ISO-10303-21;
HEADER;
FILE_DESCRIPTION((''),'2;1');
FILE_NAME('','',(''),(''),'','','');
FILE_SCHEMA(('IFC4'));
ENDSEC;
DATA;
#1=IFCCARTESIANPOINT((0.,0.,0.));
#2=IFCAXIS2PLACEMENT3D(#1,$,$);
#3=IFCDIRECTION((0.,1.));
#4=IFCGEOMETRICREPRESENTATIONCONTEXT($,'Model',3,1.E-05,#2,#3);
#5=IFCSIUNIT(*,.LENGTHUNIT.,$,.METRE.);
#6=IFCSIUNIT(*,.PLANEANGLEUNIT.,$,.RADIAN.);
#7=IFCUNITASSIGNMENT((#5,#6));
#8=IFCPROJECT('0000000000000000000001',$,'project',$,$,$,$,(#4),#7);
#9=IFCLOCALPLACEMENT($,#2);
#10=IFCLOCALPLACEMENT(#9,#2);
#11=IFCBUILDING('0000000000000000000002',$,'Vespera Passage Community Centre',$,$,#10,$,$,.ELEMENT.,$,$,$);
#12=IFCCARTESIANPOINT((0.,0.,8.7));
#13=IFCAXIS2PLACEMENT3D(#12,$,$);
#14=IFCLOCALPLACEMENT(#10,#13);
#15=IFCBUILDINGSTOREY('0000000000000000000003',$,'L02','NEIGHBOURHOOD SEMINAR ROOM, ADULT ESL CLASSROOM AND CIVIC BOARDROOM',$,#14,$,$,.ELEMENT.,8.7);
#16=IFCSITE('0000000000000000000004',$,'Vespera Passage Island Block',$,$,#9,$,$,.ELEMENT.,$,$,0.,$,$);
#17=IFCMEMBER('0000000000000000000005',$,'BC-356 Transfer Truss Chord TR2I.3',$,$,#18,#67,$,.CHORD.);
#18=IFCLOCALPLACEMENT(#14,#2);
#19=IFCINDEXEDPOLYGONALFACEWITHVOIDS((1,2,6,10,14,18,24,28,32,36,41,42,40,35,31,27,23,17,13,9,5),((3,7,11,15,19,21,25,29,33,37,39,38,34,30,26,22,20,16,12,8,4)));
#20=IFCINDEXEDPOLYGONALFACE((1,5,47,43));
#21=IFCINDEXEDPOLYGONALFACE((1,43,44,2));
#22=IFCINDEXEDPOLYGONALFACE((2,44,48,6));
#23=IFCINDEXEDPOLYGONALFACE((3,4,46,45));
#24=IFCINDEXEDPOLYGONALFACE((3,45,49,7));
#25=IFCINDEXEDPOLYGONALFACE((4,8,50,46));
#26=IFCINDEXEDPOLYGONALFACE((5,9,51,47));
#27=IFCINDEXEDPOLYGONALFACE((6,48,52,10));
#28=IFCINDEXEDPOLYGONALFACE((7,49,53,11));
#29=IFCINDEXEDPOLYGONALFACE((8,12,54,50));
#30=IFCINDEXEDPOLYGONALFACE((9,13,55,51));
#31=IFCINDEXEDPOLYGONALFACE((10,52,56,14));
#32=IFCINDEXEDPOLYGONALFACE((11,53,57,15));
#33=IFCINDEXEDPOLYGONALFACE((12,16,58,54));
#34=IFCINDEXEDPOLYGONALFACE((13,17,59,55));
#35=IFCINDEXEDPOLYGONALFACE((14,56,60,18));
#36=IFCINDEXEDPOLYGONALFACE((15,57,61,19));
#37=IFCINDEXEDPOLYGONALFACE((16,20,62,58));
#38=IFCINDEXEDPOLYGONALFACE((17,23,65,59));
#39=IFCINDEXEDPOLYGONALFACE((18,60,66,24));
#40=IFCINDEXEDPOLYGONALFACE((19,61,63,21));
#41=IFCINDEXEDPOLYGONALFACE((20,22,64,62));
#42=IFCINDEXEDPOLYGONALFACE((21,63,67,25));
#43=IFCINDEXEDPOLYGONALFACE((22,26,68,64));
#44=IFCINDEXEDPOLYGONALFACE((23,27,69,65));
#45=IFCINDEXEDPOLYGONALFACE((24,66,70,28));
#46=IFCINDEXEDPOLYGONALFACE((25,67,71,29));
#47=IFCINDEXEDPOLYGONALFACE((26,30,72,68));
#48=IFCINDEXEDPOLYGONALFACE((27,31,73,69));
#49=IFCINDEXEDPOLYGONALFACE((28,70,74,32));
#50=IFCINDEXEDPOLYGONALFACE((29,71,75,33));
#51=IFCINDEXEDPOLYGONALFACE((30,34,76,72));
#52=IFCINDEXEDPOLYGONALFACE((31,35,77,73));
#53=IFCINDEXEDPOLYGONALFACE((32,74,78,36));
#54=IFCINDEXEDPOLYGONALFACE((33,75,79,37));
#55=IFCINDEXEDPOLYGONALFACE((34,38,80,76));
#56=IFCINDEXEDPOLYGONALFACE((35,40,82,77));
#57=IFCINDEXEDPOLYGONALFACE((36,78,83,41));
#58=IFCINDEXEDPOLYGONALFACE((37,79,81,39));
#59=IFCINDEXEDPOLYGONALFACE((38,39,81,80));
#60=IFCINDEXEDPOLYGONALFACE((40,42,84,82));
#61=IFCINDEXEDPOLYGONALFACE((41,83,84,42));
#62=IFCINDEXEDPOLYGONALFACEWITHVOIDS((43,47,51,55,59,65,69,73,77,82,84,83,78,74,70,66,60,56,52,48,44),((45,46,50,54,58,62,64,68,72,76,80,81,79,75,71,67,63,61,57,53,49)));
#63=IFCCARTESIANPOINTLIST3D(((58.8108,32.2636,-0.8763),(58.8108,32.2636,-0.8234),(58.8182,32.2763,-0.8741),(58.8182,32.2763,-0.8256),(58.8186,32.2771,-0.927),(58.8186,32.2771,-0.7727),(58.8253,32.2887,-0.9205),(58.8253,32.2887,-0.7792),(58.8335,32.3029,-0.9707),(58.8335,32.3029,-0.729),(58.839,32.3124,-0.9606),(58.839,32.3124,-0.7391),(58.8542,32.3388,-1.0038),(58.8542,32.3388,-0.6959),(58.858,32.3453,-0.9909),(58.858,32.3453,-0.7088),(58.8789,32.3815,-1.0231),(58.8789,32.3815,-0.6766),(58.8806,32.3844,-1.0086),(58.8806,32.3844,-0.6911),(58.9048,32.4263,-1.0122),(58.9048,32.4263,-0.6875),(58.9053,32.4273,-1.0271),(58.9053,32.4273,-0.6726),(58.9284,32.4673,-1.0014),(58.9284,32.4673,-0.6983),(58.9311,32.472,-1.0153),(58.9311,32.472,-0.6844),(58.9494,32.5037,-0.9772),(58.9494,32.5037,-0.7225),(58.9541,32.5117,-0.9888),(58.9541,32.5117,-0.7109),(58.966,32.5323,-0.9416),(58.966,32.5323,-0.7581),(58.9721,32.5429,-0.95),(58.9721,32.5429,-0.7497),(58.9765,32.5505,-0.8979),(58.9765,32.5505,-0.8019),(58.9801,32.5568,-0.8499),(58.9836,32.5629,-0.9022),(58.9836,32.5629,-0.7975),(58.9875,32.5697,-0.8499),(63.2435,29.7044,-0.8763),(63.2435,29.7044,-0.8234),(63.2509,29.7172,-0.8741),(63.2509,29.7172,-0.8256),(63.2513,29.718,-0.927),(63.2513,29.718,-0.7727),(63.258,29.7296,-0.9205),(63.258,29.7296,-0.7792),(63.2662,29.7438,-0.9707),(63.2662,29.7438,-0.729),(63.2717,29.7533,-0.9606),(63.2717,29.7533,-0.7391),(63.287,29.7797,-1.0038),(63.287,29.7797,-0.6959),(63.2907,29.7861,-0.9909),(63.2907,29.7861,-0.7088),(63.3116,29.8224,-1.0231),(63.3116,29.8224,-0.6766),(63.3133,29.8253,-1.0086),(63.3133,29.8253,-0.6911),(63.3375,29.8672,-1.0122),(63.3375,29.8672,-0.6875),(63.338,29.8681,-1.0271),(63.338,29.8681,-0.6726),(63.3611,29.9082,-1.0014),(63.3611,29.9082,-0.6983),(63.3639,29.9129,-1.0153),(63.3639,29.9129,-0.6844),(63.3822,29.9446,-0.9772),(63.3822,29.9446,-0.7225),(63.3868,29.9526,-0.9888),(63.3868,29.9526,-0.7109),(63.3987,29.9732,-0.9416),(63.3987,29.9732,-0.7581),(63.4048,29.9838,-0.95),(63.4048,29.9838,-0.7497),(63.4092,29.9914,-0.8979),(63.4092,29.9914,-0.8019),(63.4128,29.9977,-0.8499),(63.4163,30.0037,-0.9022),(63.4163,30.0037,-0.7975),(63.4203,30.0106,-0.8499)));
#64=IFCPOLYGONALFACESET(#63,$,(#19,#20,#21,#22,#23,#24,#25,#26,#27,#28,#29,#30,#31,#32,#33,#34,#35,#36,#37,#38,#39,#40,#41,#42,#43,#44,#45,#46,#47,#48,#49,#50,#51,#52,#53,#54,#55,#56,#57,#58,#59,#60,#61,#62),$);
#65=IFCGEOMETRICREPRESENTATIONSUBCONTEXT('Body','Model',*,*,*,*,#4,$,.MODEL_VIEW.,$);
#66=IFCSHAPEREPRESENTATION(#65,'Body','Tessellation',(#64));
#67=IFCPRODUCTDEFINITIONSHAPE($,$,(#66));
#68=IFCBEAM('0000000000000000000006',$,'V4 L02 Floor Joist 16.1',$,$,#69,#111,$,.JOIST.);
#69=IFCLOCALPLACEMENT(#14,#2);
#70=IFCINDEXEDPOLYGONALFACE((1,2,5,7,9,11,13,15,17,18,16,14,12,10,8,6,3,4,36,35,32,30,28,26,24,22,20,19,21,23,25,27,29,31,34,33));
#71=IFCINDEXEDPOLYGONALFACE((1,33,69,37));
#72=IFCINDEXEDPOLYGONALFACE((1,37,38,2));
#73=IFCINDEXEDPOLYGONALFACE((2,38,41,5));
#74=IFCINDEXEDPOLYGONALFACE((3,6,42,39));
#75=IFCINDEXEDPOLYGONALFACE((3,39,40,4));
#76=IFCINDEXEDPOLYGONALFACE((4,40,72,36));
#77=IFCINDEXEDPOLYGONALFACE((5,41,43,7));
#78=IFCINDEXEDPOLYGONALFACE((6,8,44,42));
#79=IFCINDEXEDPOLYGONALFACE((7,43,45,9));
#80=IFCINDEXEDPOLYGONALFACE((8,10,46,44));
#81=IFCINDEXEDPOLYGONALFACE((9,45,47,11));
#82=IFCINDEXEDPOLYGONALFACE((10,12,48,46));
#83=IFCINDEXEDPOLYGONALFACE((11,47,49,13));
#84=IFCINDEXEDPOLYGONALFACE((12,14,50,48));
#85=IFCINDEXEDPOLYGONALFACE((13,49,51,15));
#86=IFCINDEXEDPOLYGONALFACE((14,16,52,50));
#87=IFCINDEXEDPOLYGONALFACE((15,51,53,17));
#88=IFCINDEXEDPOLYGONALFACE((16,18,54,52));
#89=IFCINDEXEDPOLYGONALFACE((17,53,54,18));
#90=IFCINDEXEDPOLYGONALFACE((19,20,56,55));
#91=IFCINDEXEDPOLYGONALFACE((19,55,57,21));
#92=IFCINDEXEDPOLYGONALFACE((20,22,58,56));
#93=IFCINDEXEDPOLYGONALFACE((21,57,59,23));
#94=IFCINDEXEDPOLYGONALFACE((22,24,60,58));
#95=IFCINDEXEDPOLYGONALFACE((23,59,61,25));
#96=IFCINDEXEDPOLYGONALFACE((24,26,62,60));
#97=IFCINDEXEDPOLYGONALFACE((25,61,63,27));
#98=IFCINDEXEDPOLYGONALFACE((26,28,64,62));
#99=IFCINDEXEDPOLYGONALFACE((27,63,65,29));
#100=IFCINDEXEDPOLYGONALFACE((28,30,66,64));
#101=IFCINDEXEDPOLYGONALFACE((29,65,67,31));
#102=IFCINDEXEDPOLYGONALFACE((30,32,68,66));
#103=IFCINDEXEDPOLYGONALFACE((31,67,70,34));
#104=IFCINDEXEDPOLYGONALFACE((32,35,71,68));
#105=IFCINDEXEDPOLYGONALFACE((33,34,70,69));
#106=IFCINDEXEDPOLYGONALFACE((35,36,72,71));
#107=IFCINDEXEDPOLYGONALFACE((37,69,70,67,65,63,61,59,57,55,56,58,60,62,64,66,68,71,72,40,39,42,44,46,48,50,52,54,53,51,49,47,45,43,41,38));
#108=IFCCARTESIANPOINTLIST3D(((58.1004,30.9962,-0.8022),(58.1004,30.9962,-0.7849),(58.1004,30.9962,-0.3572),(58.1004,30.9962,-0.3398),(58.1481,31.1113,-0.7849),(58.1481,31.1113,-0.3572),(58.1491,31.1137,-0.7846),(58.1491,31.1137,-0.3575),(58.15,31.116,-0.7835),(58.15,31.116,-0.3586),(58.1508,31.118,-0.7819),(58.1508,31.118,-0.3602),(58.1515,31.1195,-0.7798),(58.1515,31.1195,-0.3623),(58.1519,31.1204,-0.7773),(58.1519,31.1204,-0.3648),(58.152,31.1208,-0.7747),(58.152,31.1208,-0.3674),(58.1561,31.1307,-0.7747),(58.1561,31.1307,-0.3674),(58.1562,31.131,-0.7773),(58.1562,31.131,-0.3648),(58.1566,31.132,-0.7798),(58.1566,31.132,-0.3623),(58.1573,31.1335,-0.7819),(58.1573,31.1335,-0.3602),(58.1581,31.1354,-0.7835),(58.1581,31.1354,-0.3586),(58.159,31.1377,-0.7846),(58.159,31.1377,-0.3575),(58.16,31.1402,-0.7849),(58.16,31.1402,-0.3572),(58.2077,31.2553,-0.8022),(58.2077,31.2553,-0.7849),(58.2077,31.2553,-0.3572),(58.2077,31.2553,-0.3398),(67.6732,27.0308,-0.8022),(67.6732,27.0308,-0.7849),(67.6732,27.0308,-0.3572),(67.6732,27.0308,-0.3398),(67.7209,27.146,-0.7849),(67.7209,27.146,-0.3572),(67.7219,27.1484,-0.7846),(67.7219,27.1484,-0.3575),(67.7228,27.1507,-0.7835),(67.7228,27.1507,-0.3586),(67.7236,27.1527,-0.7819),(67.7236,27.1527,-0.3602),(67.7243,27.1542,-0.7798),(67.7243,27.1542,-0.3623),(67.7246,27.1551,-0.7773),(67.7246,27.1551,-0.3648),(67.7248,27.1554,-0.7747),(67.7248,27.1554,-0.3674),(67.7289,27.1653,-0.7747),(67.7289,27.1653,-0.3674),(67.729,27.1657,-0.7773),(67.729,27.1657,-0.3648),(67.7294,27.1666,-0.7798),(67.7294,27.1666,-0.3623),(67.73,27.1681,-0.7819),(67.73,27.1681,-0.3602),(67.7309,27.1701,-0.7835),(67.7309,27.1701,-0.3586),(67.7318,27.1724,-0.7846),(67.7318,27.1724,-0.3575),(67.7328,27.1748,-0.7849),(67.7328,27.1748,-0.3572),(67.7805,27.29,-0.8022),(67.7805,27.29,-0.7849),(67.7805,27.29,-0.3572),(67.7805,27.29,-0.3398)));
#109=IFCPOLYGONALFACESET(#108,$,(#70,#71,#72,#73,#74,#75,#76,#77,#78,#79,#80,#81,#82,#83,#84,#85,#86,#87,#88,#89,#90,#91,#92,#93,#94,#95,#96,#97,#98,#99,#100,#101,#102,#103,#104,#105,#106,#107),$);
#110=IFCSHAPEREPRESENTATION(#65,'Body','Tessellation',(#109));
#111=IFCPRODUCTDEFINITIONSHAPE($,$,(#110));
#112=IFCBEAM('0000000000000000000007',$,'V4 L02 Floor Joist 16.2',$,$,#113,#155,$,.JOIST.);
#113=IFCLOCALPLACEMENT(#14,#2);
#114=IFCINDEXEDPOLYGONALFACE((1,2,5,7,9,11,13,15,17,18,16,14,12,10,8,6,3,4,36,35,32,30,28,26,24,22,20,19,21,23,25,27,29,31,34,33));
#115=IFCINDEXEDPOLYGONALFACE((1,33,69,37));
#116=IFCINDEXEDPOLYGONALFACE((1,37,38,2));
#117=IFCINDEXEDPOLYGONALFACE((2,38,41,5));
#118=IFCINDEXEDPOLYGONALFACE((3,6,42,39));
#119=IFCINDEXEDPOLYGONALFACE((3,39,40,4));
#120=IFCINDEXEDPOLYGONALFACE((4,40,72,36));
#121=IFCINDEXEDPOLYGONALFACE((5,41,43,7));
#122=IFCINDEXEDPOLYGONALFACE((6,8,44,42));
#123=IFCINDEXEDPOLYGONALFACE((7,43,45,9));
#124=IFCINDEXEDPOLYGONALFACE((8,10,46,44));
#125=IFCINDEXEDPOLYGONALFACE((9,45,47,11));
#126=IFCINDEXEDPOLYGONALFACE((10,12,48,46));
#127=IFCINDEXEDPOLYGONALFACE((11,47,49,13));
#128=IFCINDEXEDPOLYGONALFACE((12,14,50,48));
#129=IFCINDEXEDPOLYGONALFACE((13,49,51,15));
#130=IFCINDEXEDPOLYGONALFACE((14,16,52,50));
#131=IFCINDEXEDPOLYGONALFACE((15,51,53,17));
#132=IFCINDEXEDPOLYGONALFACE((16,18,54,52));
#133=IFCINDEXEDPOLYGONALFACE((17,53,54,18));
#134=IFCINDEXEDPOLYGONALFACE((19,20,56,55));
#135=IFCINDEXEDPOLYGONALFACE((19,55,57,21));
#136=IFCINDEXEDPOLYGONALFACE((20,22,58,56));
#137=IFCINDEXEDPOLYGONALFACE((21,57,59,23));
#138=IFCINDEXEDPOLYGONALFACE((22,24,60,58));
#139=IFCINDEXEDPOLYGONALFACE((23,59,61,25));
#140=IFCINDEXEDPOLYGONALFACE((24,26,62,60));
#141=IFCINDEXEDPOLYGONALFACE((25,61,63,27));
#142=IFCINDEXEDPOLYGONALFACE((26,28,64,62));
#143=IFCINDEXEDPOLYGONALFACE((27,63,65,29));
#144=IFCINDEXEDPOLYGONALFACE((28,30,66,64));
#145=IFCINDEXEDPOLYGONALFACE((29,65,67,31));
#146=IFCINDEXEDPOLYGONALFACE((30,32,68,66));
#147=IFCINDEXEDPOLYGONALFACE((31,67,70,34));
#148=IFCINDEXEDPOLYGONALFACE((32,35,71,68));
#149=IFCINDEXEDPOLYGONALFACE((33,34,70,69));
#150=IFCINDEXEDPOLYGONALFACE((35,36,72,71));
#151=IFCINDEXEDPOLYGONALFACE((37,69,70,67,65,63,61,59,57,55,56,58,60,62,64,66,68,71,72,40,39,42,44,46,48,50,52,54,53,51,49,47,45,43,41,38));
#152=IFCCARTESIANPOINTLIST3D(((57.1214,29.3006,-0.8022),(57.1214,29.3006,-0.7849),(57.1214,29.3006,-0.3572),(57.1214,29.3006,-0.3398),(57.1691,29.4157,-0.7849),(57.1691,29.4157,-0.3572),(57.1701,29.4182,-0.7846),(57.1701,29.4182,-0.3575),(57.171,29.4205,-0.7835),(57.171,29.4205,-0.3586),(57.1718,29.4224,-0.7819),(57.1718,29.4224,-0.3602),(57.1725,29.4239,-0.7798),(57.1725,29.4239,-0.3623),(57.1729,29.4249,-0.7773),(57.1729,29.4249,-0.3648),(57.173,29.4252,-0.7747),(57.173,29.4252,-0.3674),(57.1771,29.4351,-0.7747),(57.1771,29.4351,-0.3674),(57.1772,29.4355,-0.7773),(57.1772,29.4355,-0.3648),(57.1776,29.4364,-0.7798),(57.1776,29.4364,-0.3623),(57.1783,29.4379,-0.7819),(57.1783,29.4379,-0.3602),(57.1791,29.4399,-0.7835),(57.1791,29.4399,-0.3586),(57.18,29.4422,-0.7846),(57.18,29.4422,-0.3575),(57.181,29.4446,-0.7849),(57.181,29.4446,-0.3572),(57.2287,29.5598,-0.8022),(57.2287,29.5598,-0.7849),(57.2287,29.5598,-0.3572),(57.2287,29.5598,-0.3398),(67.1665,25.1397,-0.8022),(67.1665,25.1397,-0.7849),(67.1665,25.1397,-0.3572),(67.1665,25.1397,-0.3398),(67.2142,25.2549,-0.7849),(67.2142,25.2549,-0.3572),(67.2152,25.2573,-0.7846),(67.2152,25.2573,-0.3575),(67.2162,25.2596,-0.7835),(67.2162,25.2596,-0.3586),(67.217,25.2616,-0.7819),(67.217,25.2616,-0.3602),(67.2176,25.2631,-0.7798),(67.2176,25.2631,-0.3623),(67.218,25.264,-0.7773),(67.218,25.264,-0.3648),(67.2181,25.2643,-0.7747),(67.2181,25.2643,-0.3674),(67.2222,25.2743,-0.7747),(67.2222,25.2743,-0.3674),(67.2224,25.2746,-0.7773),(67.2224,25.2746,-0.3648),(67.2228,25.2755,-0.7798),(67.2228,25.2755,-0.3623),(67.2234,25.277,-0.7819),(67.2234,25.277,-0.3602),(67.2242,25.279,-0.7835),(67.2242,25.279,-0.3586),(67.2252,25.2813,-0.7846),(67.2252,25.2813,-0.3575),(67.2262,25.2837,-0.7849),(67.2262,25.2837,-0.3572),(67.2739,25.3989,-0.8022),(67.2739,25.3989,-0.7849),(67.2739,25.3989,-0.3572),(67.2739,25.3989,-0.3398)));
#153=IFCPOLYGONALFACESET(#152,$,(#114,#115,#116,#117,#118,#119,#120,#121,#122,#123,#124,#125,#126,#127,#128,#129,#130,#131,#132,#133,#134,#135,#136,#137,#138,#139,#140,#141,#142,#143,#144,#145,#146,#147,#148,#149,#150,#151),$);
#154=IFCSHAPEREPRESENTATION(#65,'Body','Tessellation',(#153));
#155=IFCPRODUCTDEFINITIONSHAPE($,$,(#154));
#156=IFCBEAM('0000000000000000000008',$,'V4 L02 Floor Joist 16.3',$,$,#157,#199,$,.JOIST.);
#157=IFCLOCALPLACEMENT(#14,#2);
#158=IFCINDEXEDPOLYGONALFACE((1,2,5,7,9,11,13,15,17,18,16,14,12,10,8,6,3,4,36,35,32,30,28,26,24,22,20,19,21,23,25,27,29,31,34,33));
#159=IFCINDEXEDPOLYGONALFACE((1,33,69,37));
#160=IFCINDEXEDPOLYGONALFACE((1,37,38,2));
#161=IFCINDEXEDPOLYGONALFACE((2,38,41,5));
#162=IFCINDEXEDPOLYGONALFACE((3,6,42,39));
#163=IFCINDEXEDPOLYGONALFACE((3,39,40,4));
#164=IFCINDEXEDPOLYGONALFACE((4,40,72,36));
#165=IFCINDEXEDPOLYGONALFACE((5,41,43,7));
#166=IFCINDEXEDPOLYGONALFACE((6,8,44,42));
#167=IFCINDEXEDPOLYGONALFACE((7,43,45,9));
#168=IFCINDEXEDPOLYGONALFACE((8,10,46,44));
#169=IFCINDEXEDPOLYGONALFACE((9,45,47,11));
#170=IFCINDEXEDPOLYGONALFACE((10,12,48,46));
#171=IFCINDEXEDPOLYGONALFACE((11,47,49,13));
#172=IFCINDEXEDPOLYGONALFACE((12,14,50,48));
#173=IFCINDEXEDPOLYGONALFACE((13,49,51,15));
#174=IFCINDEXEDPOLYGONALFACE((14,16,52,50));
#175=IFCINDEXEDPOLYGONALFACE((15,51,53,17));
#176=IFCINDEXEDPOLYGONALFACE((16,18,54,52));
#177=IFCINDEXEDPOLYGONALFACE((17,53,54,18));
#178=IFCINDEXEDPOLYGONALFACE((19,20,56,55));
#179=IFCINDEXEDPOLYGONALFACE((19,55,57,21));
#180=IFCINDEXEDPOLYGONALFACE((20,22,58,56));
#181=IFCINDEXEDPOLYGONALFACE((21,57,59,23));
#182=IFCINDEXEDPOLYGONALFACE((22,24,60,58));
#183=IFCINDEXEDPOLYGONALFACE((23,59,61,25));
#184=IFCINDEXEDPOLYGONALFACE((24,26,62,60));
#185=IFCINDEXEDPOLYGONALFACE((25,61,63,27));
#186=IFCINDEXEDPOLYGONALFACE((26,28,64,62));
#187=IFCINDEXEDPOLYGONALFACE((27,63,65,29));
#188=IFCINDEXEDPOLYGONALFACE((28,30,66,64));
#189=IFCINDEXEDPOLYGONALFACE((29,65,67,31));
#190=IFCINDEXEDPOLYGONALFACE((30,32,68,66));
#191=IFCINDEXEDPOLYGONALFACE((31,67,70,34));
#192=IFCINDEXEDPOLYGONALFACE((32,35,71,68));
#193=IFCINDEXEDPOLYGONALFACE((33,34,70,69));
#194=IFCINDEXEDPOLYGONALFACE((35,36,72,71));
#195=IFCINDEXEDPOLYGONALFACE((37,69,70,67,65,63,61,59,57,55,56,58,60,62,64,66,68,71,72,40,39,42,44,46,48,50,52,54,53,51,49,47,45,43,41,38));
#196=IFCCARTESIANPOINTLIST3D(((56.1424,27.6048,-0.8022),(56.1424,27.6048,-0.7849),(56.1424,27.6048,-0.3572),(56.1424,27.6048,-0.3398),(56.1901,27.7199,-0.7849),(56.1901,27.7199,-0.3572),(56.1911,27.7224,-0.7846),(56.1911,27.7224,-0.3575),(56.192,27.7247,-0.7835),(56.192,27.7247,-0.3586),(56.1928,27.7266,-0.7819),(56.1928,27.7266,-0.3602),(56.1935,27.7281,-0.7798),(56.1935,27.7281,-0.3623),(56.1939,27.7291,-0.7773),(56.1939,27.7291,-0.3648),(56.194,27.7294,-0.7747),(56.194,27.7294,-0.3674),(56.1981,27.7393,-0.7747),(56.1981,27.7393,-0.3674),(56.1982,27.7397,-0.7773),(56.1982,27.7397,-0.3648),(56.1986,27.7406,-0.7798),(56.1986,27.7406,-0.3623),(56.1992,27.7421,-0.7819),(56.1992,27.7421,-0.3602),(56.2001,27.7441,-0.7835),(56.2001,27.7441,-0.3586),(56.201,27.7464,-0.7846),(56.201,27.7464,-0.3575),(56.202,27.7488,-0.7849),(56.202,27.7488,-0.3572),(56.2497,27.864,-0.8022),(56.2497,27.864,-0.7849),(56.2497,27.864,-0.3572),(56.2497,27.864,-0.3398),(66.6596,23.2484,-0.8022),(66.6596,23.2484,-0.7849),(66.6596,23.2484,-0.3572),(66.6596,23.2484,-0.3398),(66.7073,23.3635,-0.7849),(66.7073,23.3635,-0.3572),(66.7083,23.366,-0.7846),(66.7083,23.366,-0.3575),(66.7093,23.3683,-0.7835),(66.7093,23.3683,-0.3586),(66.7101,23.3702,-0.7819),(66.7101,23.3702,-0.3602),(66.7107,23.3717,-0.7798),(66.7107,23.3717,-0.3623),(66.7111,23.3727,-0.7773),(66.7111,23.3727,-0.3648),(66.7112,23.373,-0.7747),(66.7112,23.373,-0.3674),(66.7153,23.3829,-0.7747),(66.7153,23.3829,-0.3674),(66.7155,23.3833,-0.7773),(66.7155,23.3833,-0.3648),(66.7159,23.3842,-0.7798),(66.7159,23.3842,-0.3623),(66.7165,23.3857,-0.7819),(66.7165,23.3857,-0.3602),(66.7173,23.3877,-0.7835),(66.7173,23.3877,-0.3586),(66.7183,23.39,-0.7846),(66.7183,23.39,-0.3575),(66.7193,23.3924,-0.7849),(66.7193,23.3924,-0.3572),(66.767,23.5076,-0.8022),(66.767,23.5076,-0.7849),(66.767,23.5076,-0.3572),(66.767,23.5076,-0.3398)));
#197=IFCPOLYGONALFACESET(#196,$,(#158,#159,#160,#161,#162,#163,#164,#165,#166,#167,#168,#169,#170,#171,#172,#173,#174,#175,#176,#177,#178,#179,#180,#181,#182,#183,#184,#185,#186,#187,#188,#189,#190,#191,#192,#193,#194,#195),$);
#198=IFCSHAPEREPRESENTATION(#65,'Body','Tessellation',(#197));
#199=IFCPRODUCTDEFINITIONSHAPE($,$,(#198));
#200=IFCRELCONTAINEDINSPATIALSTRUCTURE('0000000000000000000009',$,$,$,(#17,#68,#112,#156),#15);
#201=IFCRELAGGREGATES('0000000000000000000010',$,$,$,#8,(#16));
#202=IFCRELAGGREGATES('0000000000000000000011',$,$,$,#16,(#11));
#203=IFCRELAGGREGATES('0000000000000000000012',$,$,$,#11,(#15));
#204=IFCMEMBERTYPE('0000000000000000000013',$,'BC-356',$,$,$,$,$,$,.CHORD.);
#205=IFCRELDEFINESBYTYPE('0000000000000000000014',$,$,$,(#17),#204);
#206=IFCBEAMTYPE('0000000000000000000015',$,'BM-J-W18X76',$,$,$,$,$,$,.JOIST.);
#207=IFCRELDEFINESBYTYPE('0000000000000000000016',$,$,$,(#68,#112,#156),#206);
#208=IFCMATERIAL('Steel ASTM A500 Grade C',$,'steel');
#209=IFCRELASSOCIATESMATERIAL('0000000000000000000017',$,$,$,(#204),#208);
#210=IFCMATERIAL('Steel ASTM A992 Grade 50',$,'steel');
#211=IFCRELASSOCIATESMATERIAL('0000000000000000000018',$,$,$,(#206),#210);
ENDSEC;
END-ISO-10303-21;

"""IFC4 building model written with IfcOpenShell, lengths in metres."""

from ifc_helpers import new_model, si_unit, direction, frame, origin, origin_2d, place, context, subcontext, project, spatial, hollow_circle, i_section, extrude, material, material_profile, profile_set, type_object, element, save


model = new_model("IFC4")

# Units and contexts
model_context = context("Model", 3, precision=1e-05, world=origin(), true_north=direction((0.0, 1.0)))
body_context = subcontext(model_context, "Body", "Model", "MODEL_VIEW")
ifc_project = project(units=[si_unit("LENGTHUNIT", "METRE"), si_unit("PLANEANGLEUNIT", "RADIAN")], contexts=[model_context])

# Site, building, storey
site_placement = place(None, origin())
site = spatial("IfcSite", under=ifc_project, at=site_placement, Name="Vespera Passage Island Block", CompositionType="ELEMENT", RefElevation=0.0)
building_placement = place(site_placement, origin())
building = spatial("IfcBuilding", under=site, at=building_placement, Name="Vespera Passage Community Centre", CompositionType="ELEMENT")
storey_placement = place(building_placement, frame((0.0, 0.0, 8.7)))
storey = spatial("IfcBuildingStorey", under=building, at=storey_placement, Name="L02", Description="NEIGHBOURHOOD SEMINAR ROOM, ADULT ESL CLASSROOM AND CIVIC BOARDROOM", CompositionType="ELEMENT", Elevation=8.7)

# Member
ifc_material_1 = material(Name="Steel ASTM A500 Grade C", Category="steel")
ifc_material_profile_1 = material_profile(ifc_material_1, hollow_circle(Radius=0.1777, WallThickness=0.0149, at=origin_2d()), Name="CHS356X15.9")
ifc_profile_set_1 = profile_set([ifc_material_profile_1], Name="Steel ASTM A500 Grade C")
member_type_1 = type_object("IfcMemberType", Name="BC-356", PredefinedType="CHORD", material=ifc_profile_set_1)
member_1_placement = place(storey_placement, frame((58.8987, 32.4158, -0.8499), z_axis=(0.866033, -0.499987, 0.0), x_axis=(0.499987, 0.866033, 0.0)))
element("IfcMember", 1, at=member_1_placement, inside=storey, type_object=member_type_1, Name="BC-356 Transfer Truss Chord TR2I.3", PredefinedType="CHORD", context=body_context, shape_type="SweptSolid", body=[
    extrude(hollow_circle(Radius=0.1777, WallThickness=0.0149, at=origin_2d()), origin(), (0.0, 0.0, 1.0), 5.1184),
])

# Beams
ifc_material_2 = material(Name="Steel ASTM A992 Grade 50", Category="steel")
ifc_material_profile_2 = material_profile(ifc_material_2, i_section(OverallWidth=0.2805, OverallDepth=0.4624, WebThickness=0.0107, FlangeThickness=0.0173, FilletRadius=0.0103, at=origin_2d()), Name="W18X76")
ifc_profile_set_2 = profile_set([ifc_material_profile_2], Name="Steel ASTM A992 Grade 50")
beam_type_1 = type_object("IfcBeamType", Name="BM-J-W18X76", PredefinedType="JOIST", material=ifc_profile_set_2)
beam_1_placement = place(storey_placement, frame((58.1541, 31.1257, -0.571), z_axis=(0.923874, -0.382697, 0.0), x_axis=(0.382697, 0.923874, 0.0)))
element("IfcBeam", 2, at=beam_1_placement, inside=storey, type_object=beam_type_1, Name="V4 L02 Floor Joist 16.1", PredefinedType="JOIST", context=body_context, shape_type="SweptSolid", body=[
    extrude(i_section(OverallWidth=0.2805, OverallDepth=0.4624, WebThickness=0.0107, FlangeThickness=0.0173, FilletRadius=0.0103, at=origin_2d()), origin(), (0.0, 0.0, 1.0), 10.3616),
])
beam_2_placement = place(storey_placement, frame((57.175, 29.4302, -0.571), z_axis=(0.923878, -0.382687, 0.0), x_axis=(0.382687, 0.923878, 0.0)))
element("IfcBeam", 3, at=beam_2_placement, inside=storey, type_object=beam_type_1, Name="V4 L02 Floor Joist 16.2", PredefinedType="JOIST", context=body_context, shape_type="SweptSolid", body=[
    extrude(i_section(OverallWidth=0.2805, OverallDepth=0.4624, WebThickness=0.0107, FlangeThickness=0.0173, FilletRadius=0.0103, at=origin_2d()), origin(), (0.0, 0.0, 1.0), 10.8728),
])
beam_3_placement = place(storey_placement, frame((56.196, 27.7344, -0.571), z_axis=(0.923879, -0.382685, 0.0), x_axis=(0.382685, 0.923879, 0.0)))
element("IfcBeam", 4, at=beam_3_placement, inside=storey, type_object=beam_type_1, Name="V4 L02 Floor Joist 16.3", PredefinedType="JOIST", context=body_context, shape_type="SweptSolid", body=[
    extrude(i_section(OverallWidth=0.2805, OverallDepth=0.4624, WebThickness=0.0107, FlangeThickness=0.0173, FilletRadius=0.0103, at=origin_2d()), origin(), (0.0, 0.0, 1.0), 11.3838),
])

save(model, "model.ifc")
